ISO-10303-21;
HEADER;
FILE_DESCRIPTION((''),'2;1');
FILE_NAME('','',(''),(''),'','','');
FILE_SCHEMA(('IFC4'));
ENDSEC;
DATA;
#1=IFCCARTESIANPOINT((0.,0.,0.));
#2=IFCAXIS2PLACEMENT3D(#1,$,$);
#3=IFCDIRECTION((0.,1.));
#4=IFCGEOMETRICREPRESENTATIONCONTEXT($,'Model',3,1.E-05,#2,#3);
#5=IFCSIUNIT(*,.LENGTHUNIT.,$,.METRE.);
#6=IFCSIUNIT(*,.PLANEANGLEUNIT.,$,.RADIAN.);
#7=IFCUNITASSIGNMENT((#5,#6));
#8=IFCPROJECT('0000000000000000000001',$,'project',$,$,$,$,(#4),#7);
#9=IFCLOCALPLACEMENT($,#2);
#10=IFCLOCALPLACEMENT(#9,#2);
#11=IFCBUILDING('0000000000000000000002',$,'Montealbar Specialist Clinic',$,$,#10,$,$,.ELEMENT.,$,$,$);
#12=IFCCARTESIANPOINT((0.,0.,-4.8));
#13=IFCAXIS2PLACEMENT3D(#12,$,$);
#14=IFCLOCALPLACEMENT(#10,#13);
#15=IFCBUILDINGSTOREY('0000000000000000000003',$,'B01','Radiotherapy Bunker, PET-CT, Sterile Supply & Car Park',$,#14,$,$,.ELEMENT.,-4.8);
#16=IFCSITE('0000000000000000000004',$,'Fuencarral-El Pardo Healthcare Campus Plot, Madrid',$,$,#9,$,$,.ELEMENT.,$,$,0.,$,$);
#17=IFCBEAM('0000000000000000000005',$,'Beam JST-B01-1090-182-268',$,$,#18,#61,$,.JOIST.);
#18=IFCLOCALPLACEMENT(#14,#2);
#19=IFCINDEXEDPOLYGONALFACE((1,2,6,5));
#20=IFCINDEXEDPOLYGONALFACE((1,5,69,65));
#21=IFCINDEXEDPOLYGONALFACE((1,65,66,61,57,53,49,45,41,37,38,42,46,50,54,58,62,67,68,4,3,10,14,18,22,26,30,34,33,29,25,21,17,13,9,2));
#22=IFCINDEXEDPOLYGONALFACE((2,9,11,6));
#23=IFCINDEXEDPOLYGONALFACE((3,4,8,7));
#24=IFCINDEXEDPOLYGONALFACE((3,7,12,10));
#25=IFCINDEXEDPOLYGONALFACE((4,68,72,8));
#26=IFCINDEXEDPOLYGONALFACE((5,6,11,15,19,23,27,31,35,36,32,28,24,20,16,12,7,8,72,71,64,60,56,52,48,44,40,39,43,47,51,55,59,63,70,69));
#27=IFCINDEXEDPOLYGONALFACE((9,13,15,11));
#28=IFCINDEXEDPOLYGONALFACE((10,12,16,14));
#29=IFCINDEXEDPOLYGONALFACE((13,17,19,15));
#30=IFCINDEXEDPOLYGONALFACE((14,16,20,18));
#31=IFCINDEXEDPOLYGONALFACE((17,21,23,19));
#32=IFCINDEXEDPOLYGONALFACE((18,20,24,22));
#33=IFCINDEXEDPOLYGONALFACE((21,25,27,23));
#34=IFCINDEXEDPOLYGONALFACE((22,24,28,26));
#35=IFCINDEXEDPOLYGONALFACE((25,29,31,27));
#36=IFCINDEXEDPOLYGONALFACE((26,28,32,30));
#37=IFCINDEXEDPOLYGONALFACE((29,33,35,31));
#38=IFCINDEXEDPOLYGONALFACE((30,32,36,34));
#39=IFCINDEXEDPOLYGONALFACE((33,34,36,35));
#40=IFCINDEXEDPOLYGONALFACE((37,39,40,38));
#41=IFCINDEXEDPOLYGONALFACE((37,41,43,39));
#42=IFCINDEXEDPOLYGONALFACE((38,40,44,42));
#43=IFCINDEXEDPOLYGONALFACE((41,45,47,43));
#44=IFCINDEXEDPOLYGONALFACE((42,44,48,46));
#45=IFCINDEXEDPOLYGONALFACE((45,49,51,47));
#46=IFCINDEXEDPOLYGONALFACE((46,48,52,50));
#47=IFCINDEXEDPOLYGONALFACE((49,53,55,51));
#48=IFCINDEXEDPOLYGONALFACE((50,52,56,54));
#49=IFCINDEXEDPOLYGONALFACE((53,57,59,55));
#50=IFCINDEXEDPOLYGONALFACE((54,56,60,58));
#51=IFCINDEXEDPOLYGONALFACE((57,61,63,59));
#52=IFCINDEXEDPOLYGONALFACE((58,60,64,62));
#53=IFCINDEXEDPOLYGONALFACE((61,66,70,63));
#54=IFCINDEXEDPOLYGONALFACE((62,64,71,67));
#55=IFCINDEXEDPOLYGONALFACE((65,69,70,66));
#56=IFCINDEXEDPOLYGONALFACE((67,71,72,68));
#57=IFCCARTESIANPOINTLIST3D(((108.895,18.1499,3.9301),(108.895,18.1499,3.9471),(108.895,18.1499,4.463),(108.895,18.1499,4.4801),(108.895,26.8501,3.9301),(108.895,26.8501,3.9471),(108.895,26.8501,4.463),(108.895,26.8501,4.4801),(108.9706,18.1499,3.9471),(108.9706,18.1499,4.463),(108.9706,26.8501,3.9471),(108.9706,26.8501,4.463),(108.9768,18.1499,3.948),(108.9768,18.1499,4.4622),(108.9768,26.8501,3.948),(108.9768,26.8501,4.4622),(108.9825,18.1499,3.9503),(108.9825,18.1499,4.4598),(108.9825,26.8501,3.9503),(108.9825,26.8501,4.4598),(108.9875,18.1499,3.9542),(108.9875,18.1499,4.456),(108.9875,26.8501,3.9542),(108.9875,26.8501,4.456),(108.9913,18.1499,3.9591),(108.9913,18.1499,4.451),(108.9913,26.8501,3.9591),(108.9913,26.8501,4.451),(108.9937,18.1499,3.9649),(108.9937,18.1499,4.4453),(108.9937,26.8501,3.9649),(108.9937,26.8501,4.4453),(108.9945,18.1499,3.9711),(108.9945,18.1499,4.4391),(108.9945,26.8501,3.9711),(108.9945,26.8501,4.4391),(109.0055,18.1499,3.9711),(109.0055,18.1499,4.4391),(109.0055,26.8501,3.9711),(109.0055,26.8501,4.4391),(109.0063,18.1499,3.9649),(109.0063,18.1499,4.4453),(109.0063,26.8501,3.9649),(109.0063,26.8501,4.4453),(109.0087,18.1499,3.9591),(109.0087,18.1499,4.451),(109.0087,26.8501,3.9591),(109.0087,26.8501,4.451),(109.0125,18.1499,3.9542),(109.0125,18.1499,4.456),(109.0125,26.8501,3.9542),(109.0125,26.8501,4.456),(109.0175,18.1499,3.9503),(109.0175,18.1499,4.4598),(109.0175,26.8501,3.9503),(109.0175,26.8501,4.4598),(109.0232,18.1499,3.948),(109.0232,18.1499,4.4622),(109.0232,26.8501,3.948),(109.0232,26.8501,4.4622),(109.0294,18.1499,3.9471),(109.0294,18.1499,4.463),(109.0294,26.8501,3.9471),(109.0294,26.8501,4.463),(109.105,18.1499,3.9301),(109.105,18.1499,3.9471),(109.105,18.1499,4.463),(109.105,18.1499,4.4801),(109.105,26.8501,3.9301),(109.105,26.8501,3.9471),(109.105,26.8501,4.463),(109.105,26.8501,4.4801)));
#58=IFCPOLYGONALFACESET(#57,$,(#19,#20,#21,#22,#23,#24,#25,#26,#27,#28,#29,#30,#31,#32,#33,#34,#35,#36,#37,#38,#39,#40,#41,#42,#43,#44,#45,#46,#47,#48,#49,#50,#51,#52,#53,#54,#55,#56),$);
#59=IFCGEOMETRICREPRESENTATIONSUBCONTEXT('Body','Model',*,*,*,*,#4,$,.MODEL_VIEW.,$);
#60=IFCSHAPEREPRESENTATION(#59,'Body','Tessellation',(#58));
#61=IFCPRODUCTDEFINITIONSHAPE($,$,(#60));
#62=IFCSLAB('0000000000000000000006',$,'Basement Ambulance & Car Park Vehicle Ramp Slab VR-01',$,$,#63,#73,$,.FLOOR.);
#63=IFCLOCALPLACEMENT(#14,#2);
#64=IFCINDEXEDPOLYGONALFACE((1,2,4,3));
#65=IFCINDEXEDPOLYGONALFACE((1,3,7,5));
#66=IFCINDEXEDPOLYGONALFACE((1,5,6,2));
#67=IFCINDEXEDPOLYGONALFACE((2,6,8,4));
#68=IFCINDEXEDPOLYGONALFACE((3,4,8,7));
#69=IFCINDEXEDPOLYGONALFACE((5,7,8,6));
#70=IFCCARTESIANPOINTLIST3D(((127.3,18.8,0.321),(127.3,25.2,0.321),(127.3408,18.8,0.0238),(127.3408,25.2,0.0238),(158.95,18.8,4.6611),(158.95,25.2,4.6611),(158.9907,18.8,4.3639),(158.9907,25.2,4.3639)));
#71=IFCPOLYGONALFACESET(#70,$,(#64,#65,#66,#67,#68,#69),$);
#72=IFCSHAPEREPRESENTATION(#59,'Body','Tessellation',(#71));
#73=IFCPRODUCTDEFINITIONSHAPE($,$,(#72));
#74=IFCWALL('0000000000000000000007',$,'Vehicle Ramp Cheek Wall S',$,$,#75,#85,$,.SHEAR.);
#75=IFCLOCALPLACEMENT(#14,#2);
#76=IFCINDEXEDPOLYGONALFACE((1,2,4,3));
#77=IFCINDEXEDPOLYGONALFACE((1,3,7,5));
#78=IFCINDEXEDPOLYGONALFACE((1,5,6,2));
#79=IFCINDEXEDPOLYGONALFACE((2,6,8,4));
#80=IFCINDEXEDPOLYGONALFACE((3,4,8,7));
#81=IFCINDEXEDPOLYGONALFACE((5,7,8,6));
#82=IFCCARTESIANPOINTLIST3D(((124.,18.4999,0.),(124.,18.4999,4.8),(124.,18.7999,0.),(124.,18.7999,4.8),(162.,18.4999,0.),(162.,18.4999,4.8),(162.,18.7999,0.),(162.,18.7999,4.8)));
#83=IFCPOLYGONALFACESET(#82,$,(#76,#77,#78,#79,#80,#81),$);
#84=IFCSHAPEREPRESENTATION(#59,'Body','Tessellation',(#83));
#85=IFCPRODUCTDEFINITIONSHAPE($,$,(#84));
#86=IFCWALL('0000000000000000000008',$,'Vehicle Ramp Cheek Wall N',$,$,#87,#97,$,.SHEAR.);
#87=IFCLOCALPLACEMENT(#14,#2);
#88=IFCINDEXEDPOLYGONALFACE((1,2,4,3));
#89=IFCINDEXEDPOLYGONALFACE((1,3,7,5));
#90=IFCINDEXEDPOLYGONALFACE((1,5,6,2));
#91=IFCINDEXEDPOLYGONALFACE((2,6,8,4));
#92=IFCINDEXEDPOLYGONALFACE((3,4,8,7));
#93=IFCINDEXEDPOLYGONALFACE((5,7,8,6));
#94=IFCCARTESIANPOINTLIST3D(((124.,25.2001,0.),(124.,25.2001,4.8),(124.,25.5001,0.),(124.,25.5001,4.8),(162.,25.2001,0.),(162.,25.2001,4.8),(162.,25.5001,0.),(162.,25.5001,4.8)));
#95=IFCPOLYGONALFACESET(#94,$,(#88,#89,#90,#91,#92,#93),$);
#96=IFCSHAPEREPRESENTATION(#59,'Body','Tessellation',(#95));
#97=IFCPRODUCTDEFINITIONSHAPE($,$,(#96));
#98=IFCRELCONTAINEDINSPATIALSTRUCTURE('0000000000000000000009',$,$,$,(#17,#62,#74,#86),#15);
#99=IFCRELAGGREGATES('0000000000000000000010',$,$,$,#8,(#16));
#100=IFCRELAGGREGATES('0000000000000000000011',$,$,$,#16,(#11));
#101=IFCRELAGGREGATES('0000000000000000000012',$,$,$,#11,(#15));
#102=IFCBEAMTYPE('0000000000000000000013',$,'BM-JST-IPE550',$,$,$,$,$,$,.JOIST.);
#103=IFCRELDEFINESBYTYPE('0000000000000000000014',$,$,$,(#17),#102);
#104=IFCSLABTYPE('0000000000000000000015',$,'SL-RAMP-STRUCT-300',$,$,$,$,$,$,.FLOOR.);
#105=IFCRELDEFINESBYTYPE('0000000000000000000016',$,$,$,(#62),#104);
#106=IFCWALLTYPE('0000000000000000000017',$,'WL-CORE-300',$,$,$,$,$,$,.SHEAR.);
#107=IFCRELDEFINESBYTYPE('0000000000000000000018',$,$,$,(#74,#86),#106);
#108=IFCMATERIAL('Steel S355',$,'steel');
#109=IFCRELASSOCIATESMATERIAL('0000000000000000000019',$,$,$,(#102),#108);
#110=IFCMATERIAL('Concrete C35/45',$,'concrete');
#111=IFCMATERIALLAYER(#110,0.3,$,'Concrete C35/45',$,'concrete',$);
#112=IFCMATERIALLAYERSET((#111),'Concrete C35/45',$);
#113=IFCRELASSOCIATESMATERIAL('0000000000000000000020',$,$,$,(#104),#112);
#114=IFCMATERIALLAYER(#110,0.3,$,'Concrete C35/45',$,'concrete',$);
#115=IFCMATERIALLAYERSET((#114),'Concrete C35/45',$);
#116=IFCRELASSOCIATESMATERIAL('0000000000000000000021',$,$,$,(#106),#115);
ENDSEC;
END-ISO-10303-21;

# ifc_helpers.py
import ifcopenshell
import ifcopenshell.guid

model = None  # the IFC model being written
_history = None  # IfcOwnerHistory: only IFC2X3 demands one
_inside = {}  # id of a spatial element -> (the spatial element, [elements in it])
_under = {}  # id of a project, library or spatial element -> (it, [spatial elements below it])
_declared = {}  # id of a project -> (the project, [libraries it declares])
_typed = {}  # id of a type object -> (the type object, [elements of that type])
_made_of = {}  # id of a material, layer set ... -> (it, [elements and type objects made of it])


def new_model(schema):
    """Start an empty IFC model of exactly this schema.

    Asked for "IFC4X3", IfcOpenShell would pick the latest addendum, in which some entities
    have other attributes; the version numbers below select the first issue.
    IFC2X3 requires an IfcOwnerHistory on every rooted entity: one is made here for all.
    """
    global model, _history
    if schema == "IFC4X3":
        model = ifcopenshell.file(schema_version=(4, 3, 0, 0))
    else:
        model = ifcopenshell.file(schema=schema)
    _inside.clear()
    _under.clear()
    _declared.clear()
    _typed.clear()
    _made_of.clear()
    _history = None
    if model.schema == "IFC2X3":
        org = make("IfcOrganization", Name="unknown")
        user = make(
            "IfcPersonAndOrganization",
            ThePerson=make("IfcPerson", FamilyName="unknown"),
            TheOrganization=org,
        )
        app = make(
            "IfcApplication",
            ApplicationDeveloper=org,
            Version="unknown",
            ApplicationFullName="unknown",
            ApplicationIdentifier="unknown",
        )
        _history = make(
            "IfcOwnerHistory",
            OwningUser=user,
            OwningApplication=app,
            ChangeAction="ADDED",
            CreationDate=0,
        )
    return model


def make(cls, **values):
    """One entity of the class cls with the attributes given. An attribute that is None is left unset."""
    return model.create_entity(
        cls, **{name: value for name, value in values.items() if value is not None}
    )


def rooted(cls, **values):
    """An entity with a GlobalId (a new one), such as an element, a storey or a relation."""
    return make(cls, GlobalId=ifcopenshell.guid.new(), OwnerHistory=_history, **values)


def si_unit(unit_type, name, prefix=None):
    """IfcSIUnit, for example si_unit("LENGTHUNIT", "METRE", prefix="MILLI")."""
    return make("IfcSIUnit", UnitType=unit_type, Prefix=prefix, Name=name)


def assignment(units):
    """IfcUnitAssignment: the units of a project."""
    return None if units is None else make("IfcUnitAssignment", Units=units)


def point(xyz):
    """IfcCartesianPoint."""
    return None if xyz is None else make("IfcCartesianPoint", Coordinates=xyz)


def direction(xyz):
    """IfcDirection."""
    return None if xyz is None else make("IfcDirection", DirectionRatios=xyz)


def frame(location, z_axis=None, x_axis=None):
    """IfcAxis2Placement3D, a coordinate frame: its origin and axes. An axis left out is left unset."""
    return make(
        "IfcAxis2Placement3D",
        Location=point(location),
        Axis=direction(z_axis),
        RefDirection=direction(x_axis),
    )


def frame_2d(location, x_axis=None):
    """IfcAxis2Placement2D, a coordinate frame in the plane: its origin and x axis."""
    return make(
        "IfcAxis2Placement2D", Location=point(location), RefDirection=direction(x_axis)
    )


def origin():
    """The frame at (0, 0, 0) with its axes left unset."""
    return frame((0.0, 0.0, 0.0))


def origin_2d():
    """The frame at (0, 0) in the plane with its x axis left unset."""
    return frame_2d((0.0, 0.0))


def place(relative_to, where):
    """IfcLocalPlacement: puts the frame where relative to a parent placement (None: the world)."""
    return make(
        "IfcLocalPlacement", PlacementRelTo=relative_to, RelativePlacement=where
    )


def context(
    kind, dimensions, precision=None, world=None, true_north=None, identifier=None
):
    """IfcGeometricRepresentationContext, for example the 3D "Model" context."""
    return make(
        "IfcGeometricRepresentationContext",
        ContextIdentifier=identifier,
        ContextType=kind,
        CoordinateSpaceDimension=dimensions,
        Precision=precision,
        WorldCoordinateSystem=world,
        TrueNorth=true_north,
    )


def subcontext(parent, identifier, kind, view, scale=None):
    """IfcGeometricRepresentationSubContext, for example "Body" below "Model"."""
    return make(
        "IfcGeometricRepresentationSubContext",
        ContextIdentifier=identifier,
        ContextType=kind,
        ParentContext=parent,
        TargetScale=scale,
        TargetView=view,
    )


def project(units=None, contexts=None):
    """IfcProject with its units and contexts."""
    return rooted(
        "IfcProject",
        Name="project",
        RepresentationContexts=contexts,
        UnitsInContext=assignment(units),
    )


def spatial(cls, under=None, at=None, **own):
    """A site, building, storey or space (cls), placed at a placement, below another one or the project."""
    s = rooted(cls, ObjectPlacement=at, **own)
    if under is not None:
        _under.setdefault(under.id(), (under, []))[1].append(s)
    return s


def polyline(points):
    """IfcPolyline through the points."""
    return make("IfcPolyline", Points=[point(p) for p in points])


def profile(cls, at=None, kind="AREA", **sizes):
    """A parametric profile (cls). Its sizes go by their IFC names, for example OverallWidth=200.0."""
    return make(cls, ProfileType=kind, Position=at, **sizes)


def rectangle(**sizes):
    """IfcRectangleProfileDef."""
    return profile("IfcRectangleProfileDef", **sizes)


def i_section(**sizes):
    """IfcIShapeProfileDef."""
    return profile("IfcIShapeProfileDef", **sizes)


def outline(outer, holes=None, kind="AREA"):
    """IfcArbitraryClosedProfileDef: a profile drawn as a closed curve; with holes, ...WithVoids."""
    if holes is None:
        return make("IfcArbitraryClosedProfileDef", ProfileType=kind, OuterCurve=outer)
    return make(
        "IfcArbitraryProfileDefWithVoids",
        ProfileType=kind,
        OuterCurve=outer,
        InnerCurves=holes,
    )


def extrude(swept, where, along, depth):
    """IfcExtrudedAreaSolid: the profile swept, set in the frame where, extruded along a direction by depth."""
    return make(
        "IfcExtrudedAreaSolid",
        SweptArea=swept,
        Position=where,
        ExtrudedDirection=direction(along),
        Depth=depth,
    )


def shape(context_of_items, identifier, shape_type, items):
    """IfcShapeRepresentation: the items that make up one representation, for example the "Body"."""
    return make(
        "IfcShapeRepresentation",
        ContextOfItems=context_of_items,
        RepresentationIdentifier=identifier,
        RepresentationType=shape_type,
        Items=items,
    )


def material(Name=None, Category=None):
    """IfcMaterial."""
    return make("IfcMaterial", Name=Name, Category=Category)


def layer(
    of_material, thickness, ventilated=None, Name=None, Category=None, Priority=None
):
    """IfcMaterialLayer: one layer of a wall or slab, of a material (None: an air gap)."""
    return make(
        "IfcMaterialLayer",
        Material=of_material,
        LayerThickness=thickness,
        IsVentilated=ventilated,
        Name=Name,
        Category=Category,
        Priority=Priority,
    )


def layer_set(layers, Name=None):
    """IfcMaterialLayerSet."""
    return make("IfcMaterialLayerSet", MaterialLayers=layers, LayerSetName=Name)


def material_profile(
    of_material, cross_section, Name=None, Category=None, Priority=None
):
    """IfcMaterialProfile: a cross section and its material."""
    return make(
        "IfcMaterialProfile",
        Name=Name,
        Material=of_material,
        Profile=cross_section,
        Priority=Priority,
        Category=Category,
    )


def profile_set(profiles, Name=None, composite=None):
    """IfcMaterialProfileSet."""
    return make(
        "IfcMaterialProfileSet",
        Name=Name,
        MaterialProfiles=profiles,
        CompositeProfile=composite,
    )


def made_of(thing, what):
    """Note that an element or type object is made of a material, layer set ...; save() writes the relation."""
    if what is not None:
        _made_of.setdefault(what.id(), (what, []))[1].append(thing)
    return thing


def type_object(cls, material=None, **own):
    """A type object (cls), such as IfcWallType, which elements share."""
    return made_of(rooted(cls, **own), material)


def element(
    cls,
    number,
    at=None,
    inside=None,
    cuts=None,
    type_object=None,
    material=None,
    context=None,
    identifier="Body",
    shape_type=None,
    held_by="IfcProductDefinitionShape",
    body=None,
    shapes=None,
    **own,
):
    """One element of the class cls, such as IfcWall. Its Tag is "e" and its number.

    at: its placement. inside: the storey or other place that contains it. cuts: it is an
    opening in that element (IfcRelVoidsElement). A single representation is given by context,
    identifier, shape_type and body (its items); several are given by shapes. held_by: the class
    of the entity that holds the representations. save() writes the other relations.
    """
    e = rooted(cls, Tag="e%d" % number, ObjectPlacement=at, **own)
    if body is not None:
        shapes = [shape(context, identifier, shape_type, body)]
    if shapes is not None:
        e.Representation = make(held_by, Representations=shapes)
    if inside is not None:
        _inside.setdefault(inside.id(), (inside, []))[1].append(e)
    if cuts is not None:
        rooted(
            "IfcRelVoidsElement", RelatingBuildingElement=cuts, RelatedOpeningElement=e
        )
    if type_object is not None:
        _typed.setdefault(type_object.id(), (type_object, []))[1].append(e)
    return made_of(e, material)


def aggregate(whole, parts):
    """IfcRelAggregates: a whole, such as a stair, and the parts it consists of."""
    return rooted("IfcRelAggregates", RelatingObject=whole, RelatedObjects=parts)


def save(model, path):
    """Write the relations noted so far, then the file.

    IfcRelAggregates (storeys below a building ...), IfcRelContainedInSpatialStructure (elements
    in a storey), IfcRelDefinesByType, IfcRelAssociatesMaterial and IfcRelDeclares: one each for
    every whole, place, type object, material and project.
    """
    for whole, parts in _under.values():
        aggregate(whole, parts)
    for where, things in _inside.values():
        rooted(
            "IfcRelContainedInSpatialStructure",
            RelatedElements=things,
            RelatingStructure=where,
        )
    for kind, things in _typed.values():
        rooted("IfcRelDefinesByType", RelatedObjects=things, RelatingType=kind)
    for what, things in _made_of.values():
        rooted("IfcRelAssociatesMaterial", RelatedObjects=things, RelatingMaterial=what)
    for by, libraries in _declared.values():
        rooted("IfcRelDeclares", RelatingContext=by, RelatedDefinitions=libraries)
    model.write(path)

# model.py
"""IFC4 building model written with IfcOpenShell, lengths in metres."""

from ifc_helpers import new_model, si_unit, direction, frame, frame_2d, origin, origin_2d, place, context, subcontext, project, spatial, polyline, rectangle, i_section, outline, extrude, material, layer, layer_set, material_profile, profile_set, type_object, element, save


model = new_model("IFC4")

# Units and contexts
model_context = context("Model", 3, precision=1e-05, world=origin(), true_north=direction((0.0, 1.0)))
body_context = subcontext(model_context, "Body", "Model", "MODEL_VIEW")
ifc_project = project(units=[si_unit("LENGTHUNIT", "METRE"), si_unit("PLANEANGLEUNIT", "RADIAN")], contexts=[model_context])

# Site, building, storey
site_placement = place(None, origin())
site = spatial("IfcSite", under=ifc_project, at=site_placement, Name="Fuencarral-El Pardo Healthcare Campus Plot, Madrid", CompositionType="ELEMENT", RefElevation=0.0)
building_placement = place(site_placement, origin())
building = spatial("IfcBuilding", under=site, at=building_placement, Name="Montealbar Specialist Clinic", CompositionType="ELEMENT")
storey_placement = place(building_placement, frame((0.0, 0.0, -4.8)))
storey = spatial("IfcBuildingStorey", under=building, at=storey_placement, Name="B01", Description="Radiotherapy Bunker, PET-CT, Sterile Supply & Car Park", CompositionType="ELEMENT", Elevation=-4.8)

# Shared definitions
ifc_material_1 = material(Name="Concrete C35/45", Category="concrete")

# Shared definitions
ifc_material_2 = material(Name="Steel S355", Category="steel")

# Beam
ifc_material_profile_1 = material_profile(ifc_material_2, i_section(OverallWidth=0.21, OverallDepth=0.55, WebThickness=0.011, FlangeThickness=0.0171, FilletRadius=0.0239, at=origin_2d()), Name="IPE 550", Category="steel")
ifc_profile_set_1 = profile_set([ifc_material_profile_1], Name="Steel S355")
beam_type_1 = type_object("IfcBeamType", Name="BM-JST-IPE550", PredefinedType="JOIST", material=ifc_profile_set_1)
beam_1_placement = place(storey_placement, frame((109.0, 18.1499, 4.2051), z_axis=(0.0, 1.0, 0.0), x_axis=(-1.0, 0.0, 0.0)))
element("IfcBeam", 1, at=beam_1_placement, inside=storey, type_object=beam_type_1, Name="Beam JST-B01-1090-182-268", PredefinedType="JOIST", context=body_context, shape_type="SweptSolid", body=[
    extrude(i_section(OverallWidth=0.21, OverallDepth=0.55, WebThickness=0.011, FlangeThickness=0.0171, FilletRadius=0.0239, at=origin_2d()), origin(), (0.0, 0.0, 1.0), 8.7002),
])

# Slab
ifc_layer_1 = layer(ifc_material_1, 0.3, Name="Concrete C35/45", Category="concrete")
ifc_layer_set_1 = layer_set([ifc_layer_1], Name="Concrete C35/45")
slab_type = type_object("IfcSlabType", Name="SL-RAMP-STRUCT-300", PredefinedType="FLOOR", material=ifc_layer_set_1)
slab_placement = place(storey_placement, frame((127.3, 18.8, 0.321), z_axis=(-0.135857, 0.0, 0.990729), x_axis=(0.990729, 0.0, 0.135857)))
element("IfcSlab", 2, at=slab_placement, inside=storey, type_object=slab_type, Name="Basement Ambulance & Car Park Vehicle Ramp Slab VR-01", PredefinedType="FLOOR", context=body_context, shape_type="SweptSolid", body=[
    extrude(outline(polyline([(0.0, 0.0), (31.9461, 0.0), (31.9461, 6.3999), (0.0, 6.3999), (0.0, 0.0)])), origin(), (0.0, 0.0, -1.0), 0.3),
])

# Walls
ifc_layer_2 = layer(ifc_material_1, 0.3, Name="Concrete C35/45", Category="concrete")
ifc_layer_set_2 = layer_set([ifc_layer_2], Name="Concrete C35/45")
wall_type = type_object("IfcWallType", Name="WL-CORE-300", PredefinedType="SHEAR", material=ifc_layer_set_2)
for number, where, z_axis, x_axis, name in (
    (3, (124.0, 18.6499, 0.0), (0.0, 0.0, 1.0), (1.0, 0.0, 0.0), "Vehicle Ramp Cheek Wall S"),
    (4, (124.0, 25.3501, 0.0), (0.0, 0.0, 1.0), (1.0, 0.0, 0.0), "Vehicle Ramp Cheek Wall N"),
):
    element("IfcWall", number, at=place(storey_placement, frame(where, z_axis=z_axis, x_axis=x_axis)), inside=storey, type_object=wall_type, Name=name, PredefinedType="SHEAR", context=body_context, shape_type="SweptSolid", body=[
        extrude(rectangle(XDim=38.0, YDim=0.3, at=frame_2d((19.0, 0.0))), origin(), (0.0, 0.0, 1.0), 4.8),
    ])

save(model, "model.ifc")
